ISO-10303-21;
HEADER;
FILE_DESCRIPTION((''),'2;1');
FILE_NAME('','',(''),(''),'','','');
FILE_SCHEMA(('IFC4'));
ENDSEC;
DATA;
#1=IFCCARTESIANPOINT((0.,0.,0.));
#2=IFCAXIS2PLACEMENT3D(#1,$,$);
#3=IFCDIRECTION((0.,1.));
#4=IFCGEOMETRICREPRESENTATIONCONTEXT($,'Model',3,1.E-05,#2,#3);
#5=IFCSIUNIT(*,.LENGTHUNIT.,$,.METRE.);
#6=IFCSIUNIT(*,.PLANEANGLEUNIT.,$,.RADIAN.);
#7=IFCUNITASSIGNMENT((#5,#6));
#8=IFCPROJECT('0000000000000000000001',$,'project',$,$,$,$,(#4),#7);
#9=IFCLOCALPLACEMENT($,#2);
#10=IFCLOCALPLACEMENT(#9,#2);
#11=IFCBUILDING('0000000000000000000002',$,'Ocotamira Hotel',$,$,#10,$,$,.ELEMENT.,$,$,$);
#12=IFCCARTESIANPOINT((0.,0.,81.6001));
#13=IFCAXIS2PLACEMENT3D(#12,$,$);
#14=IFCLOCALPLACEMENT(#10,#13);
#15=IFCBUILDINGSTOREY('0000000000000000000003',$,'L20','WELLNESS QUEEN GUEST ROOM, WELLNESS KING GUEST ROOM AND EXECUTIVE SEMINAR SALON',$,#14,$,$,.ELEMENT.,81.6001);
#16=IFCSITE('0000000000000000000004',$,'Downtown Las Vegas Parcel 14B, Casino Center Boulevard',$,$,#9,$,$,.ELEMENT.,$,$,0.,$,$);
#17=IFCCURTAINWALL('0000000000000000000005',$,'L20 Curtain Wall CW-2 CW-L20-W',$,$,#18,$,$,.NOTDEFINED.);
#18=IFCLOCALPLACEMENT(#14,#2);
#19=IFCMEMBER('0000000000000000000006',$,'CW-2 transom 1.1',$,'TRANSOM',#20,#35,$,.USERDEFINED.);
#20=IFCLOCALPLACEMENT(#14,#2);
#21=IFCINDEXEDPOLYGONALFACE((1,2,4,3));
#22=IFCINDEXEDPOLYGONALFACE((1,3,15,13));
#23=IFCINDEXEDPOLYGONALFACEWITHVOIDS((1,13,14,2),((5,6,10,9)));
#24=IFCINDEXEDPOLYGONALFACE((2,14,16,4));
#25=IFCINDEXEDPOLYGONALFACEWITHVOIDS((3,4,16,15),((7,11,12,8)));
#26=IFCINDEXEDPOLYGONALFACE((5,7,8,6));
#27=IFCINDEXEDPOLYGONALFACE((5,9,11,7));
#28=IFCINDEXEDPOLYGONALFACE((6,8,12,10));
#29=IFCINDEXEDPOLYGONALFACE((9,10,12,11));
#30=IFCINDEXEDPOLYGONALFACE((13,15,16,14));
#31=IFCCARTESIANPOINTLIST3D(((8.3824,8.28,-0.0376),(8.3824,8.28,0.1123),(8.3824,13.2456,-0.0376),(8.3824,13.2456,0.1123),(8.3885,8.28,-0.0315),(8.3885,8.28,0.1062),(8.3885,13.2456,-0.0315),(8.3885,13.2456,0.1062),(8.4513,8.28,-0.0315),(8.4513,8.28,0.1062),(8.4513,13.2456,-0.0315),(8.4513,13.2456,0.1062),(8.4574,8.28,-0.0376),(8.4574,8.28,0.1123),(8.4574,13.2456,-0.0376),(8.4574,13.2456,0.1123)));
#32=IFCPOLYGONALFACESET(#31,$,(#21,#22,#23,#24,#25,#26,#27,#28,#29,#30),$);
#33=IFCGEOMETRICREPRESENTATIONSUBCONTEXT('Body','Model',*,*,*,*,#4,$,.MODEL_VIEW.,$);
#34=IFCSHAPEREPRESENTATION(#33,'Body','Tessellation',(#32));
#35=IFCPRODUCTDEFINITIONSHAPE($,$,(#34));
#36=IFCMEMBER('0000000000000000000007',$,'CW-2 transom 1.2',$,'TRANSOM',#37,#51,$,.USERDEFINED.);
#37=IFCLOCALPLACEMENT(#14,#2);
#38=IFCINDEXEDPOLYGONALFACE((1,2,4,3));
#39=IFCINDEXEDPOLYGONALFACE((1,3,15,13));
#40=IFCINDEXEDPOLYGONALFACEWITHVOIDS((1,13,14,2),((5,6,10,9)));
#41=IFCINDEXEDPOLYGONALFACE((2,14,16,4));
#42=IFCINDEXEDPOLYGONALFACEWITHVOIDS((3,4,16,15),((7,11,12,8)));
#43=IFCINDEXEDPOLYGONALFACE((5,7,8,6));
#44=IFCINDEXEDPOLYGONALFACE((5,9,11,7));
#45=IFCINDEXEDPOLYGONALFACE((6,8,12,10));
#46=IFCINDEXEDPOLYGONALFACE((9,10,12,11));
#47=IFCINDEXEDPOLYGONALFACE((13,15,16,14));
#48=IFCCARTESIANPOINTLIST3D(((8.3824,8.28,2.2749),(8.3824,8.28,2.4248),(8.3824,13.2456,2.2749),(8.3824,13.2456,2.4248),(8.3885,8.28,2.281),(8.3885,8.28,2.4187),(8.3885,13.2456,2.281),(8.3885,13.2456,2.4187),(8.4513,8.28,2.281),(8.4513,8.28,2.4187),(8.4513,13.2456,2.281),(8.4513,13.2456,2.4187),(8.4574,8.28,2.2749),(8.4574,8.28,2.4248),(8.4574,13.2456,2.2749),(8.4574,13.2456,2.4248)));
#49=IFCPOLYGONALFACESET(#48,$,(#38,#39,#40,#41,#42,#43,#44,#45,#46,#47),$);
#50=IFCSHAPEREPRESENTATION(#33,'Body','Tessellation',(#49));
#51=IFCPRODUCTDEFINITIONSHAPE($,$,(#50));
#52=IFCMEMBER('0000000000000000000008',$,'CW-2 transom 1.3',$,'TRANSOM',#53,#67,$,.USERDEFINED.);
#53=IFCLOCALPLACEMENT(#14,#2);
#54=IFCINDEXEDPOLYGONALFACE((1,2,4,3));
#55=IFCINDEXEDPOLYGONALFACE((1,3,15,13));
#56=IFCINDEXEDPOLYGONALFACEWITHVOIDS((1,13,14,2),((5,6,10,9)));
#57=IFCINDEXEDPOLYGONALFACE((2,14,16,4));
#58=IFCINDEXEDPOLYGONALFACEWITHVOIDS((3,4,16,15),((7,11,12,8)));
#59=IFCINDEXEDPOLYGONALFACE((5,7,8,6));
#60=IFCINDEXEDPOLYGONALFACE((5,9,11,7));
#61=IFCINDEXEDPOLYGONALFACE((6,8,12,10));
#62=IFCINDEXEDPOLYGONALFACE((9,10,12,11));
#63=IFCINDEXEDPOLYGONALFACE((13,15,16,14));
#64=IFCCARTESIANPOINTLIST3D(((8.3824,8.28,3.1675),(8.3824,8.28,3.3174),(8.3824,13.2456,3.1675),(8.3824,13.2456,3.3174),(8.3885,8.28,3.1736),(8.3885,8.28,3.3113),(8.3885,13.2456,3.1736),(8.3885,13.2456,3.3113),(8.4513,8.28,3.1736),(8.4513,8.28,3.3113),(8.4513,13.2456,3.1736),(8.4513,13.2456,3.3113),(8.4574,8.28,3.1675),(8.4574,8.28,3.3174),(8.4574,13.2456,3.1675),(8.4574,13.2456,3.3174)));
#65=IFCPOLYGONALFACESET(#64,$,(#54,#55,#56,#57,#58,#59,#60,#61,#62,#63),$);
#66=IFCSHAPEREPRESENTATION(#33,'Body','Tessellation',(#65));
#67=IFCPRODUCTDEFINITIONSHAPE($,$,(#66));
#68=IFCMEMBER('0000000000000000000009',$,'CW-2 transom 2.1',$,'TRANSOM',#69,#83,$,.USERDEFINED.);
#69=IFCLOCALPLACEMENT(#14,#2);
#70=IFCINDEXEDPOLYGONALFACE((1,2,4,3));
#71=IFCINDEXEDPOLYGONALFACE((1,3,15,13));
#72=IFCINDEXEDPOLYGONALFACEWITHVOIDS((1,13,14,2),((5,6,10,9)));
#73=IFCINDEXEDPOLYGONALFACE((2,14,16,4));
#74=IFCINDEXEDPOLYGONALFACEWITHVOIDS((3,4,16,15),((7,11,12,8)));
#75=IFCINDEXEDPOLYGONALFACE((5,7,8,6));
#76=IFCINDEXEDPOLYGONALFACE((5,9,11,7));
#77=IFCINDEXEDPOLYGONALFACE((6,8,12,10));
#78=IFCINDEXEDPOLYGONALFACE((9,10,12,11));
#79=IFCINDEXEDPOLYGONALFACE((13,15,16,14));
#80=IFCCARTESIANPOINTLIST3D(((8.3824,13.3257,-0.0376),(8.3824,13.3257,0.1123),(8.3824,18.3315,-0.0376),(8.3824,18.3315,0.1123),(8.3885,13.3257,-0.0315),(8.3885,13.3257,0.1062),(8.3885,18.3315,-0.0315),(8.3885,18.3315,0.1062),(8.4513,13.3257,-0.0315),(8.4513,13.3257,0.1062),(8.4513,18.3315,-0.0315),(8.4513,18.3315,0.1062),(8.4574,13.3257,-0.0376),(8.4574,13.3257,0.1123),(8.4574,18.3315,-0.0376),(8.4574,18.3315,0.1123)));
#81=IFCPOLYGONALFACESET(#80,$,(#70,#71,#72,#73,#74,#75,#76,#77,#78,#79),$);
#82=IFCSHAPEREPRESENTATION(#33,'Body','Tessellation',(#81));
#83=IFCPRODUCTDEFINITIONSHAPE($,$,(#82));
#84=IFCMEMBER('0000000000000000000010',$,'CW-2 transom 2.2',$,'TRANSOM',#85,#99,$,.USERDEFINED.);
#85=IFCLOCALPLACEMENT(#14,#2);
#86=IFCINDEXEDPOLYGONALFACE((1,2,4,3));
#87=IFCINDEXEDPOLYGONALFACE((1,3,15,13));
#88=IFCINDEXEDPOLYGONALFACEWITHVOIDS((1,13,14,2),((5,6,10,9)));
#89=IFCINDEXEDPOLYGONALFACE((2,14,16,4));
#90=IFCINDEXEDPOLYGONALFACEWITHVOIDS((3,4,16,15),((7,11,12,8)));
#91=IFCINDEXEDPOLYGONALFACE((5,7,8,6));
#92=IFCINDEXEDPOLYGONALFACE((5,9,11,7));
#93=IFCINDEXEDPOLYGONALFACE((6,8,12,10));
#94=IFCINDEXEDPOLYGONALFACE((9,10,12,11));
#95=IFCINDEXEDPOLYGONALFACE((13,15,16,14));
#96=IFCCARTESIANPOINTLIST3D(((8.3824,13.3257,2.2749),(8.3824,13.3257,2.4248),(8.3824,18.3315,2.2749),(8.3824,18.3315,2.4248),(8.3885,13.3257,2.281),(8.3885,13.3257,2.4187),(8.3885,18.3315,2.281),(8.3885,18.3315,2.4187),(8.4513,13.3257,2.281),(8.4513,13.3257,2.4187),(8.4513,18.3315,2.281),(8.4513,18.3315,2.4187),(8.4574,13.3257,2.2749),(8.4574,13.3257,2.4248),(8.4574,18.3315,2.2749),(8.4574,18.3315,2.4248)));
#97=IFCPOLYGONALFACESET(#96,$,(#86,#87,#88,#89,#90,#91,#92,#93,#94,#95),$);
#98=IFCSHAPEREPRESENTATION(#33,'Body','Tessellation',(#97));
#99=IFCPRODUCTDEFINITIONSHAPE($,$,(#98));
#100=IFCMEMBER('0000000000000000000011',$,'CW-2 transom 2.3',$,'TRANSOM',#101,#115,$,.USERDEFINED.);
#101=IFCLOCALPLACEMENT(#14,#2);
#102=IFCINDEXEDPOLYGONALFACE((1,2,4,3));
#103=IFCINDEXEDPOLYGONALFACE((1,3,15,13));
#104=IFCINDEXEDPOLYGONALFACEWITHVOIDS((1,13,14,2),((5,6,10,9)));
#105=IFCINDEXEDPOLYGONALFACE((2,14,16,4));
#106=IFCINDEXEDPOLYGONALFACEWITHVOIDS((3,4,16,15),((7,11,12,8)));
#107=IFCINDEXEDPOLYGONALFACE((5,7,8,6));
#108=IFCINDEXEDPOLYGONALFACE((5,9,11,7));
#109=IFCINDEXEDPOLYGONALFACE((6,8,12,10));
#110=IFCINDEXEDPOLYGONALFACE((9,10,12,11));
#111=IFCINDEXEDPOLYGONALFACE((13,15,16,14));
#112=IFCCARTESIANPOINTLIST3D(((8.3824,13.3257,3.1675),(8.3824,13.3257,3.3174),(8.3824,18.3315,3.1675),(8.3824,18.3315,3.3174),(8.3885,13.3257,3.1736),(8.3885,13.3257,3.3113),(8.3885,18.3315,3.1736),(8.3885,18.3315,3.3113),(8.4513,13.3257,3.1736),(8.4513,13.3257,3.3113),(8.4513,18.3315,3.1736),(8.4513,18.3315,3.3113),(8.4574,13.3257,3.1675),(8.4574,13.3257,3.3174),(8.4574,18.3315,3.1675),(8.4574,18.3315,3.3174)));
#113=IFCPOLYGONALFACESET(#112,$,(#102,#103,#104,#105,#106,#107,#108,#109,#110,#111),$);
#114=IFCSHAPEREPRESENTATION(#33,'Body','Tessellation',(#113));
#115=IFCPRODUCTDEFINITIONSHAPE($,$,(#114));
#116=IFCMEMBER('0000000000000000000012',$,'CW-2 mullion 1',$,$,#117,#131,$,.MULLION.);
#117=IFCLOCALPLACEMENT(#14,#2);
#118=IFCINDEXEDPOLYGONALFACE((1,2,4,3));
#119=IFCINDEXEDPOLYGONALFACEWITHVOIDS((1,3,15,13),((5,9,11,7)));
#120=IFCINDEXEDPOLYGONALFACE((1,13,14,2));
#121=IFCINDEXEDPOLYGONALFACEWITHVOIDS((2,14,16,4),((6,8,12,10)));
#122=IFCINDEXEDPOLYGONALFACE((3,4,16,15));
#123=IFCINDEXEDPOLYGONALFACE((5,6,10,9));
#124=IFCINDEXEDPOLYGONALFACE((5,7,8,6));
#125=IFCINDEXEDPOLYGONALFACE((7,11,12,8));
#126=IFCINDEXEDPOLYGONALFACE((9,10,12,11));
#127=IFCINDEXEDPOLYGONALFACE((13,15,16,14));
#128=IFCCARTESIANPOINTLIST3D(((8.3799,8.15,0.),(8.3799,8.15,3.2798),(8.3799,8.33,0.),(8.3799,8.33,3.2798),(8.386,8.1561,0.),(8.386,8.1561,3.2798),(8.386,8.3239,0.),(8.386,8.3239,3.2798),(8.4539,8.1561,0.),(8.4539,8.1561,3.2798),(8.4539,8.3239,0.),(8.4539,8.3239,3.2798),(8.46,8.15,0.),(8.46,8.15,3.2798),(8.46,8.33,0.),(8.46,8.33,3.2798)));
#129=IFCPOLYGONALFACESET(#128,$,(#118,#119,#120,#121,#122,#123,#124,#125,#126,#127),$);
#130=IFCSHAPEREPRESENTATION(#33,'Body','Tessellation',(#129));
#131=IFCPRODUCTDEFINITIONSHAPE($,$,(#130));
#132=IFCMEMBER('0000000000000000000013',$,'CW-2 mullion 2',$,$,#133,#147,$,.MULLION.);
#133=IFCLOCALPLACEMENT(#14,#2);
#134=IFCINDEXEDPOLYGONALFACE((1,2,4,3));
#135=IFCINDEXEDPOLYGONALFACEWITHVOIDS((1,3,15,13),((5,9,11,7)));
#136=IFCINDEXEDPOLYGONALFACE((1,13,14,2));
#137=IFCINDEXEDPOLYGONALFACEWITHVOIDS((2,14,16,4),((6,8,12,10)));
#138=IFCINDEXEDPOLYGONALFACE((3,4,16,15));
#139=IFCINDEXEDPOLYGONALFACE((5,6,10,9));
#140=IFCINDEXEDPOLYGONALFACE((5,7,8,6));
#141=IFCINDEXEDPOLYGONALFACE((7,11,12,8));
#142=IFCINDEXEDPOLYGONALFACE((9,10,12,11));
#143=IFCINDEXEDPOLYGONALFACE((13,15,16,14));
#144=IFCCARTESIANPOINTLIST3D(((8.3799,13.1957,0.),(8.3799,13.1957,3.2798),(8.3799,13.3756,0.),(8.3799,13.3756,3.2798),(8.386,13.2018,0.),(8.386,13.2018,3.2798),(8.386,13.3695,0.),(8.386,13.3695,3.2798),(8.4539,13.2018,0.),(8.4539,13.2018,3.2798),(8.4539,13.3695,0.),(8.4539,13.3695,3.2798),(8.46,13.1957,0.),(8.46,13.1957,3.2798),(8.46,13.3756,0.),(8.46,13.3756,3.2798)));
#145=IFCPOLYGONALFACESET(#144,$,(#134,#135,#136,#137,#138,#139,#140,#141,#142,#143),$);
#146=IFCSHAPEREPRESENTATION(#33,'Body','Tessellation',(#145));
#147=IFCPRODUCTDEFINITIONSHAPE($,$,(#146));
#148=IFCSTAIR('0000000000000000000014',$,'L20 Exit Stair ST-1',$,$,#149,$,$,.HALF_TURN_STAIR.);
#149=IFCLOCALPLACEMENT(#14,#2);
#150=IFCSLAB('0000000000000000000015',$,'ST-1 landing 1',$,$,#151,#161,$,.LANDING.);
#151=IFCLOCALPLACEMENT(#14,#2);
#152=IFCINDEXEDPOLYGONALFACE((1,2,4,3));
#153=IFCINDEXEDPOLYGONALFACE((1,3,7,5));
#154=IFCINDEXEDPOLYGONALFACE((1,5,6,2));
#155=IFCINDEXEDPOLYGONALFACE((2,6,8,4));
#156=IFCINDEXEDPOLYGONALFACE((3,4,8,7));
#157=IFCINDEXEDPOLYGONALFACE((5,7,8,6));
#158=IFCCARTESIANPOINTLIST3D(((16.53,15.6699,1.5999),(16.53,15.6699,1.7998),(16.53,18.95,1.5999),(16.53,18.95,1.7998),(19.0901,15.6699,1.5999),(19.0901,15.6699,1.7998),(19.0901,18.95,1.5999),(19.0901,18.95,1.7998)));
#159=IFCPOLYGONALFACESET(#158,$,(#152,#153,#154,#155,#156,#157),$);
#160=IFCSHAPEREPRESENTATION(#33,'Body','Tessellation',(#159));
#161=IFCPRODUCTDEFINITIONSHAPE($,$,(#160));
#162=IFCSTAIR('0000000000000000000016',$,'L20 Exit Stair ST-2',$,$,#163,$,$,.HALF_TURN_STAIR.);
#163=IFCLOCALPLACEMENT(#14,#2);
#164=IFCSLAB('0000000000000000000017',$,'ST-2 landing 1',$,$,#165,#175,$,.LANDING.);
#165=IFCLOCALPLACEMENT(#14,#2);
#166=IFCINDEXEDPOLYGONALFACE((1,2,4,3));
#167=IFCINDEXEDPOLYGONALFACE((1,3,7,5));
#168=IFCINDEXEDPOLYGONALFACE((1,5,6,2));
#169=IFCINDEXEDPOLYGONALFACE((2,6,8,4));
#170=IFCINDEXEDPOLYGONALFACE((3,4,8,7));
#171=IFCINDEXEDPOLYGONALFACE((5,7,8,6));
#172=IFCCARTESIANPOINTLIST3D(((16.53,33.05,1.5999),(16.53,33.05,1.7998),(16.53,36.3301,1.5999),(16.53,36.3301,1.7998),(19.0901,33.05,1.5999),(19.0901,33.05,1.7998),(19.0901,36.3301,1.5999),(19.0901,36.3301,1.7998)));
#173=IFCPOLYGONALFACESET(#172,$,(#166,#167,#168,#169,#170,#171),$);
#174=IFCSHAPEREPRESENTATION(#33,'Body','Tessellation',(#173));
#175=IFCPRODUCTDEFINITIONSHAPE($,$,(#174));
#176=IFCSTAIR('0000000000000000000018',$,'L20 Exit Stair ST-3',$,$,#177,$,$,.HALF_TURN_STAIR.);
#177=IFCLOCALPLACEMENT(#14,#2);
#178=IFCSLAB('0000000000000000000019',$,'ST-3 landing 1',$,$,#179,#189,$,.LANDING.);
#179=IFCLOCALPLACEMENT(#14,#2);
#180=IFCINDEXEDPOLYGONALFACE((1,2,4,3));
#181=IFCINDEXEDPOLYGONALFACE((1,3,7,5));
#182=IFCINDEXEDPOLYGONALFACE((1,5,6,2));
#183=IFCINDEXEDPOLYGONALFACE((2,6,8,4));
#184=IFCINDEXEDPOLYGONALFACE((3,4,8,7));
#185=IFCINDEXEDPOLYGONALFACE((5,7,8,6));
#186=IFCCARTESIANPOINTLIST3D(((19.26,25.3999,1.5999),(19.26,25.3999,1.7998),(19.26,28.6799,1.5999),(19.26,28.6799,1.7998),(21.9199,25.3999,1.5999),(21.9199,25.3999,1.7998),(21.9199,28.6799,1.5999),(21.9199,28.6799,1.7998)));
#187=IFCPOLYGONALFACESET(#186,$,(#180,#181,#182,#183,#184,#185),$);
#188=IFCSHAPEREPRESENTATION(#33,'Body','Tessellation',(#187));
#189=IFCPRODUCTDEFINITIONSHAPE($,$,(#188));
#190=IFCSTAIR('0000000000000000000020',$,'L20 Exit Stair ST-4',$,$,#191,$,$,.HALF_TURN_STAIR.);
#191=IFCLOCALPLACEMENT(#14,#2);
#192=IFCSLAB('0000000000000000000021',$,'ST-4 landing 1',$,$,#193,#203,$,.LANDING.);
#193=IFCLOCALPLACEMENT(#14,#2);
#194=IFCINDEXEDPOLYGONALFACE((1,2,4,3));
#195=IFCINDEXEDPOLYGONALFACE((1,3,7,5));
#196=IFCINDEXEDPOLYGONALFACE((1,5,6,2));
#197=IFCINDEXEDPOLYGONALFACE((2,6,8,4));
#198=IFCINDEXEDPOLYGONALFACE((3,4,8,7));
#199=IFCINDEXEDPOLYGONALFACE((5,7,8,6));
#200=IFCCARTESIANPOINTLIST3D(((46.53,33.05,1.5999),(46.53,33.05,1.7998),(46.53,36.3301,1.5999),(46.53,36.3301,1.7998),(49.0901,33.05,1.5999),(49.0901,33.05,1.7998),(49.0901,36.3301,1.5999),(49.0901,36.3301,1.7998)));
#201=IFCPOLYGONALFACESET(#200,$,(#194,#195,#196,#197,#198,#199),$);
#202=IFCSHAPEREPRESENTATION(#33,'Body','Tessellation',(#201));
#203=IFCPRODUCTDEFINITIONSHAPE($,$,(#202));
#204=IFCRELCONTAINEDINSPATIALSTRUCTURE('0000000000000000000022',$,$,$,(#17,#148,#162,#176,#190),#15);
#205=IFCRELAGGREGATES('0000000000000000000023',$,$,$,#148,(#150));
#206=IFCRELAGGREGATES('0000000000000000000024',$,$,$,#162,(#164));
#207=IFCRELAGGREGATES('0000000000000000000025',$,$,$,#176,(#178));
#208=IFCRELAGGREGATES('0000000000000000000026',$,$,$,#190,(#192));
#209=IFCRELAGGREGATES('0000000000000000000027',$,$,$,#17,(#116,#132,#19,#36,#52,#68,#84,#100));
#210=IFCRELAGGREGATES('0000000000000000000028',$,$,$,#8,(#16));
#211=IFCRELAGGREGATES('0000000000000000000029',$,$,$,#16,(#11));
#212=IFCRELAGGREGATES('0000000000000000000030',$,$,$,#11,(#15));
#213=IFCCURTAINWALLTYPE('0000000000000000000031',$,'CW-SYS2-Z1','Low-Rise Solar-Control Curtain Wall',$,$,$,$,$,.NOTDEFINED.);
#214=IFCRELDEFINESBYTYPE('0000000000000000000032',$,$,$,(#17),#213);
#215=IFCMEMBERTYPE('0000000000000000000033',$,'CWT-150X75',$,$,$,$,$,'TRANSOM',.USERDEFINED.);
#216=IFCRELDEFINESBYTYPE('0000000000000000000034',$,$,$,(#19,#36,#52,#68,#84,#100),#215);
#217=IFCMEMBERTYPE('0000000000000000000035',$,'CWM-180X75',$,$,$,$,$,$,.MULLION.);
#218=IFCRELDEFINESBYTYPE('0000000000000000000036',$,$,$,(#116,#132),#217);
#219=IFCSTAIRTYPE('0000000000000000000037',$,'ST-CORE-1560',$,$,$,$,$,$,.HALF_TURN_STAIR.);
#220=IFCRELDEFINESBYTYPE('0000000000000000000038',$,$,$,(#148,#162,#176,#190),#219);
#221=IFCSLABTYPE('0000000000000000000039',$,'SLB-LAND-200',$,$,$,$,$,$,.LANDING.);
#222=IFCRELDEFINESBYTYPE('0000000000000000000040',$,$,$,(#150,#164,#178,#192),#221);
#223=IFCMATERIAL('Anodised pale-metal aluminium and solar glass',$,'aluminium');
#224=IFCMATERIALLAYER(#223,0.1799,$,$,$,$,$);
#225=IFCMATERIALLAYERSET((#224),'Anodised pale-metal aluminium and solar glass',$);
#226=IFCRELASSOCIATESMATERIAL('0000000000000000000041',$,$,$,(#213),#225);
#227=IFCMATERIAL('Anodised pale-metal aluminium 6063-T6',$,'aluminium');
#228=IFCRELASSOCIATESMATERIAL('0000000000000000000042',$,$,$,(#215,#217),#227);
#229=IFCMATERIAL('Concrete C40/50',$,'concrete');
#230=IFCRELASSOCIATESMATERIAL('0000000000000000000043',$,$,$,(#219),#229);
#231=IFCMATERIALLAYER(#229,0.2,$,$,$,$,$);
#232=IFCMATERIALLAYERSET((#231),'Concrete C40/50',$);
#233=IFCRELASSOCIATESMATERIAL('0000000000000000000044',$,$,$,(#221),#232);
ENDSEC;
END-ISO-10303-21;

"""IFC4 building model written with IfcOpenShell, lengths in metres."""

from ifc_helpers import new_model, si_unit, direction, frame, origin, origin_2d, place, context, subcontext, project, spatial, polyline, hollow_rectangle, outline, extrude, source, transform, mapped, material, layer, layer_set, material_profile, profile_set, type_object, element, aggregate, save


model = new_model("IFC4")

# Units and contexts
model_context = context("Model", 3, precision=1e-05, world=origin(), true_north=direction((0.0, 1.0)))
body_context = subcontext(model_context, "Body", "Model", "MODEL_VIEW")
ifc_project = project(units=[si_unit("LENGTHUNIT", "METRE"), si_unit("PLANEANGLEUNIT", "RADIAN")], contexts=[model_context])

# Site, building, storey
site_placement = place(None, origin())
site = spatial("IfcSite", under=ifc_project, at=site_placement, Name="Downtown Las Vegas Parcel 14B, Casino Center Boulevard", CompositionType="ELEMENT", RefElevation=0.0)
building_placement = place(site_placement, origin())
building = spatial("IfcBuilding", under=site, at=building_placement, Name="Ocotamira Hotel", CompositionType="ELEMENT")
storey_placement = place(building_placement, frame((0.0, 0.0, 81.6001)))
storey = spatial("IfcBuildingStorey", under=building, at=storey_placement, Name="L20", Description="WELLNESS QUEEN GUEST ROOM, WELLNESS KING GUEST ROOM AND EXECUTIVE SEMINAR SALON", CompositionType="ELEMENT", Elevation=81.6001)

# Curtain wall, members
ifc_material_1 = material(Name="Anodised pale-metal aluminium and solar glass", Category="aluminium")
ifc_layer_1 = layer(ifc_material_1, 0.1799)
ifc_layer_set_1 = layer_set([ifc_layer_1], Name="Anodised pale-metal aluminium and solar glass")
curtain_wall_type = type_object("IfcCurtainWallType", Name="CW-SYS2-Z1", Description="Low-Rise Solar-Control Curtain Wall", PredefinedType="NOTDEFINED", material=ifc_layer_set_1)
curtain_wall_placement = place(storey_placement, origin())
curtain_wall = element("IfcCurtainWall", 1, at=curtain_wall_placement, inside=storey, type_object=curtain_wall_type, Name="L20 Curtain Wall CW-2 CW-L20-W", PredefinedType="NOTDEFINED")
ifc_material_2 = material(Name="Anodised pale-metal aluminium 6063-T6", Category="aluminium")
ifc_material_profile_1 = material_profile(ifc_material_2, hollow_rectangle(XDim=0.075, YDim=0.1499, WallThickness=0.0061, at=origin_2d()), Name="HSS150X75X6")
ifc_profile_set_1 = profile_set([ifc_material_profile_1], Name="Anodised pale-metal aluminium 6063-T6")
member_type_1 = type_object("IfcMemberType", Name="CWT-150X75", ElementType="TRANSOM", PredefinedType="USERDEFINED", material=ifc_profile_set_1)
shared_shape_1 = source(origin(), body_context, "Body", "SweptSolid", [
    extrude(hollow_rectangle(XDim=0.075, YDim=0.1499, WallThickness=0.0061, at=origin_2d()), origin(), (0.0, 0.0, 1.0), 4.9656),
])
member_1_placement = place(storey_placement, frame((8.4199, 8.28, 0.0374), z_axis=(0.0, 1.0, 0.0), x_axis=(-1.0, 0.0, 0.0)))
member_1 = element("IfcMember", 2, at=member_1_placement, type_object=member_type_1, Name="CW-2 transom 1.1", ObjectType="TRANSOM", PredefinedType="USERDEFINED", context=body_context, shape_type="MappedRepresentation", body=[
    mapped(shared_shape_1, transform((0.0, 0.0, 0.0), scale=1.0)),
])
member_2_placement = place(storey_placement, frame((8.4199, 8.28, 2.3499), z_axis=(0.0, 1.0, 0.0), x_axis=(-1.0, 0.0, 0.0)))
member_2 = element("IfcMember", 3, at=member_2_placement, type_object=member_type_1, Name="CW-2 transom 1.2", ObjectType="TRANSOM", PredefinedType="USERDEFINED", context=body_context, shape_type="MappedRepresentation", body=[
    mapped(shared_shape_1, transform((0.0, 0.0, 0.0), scale=1.0)),
])
member_3_placement = place(storey_placement, frame((8.4199, 8.28, 3.2424), z_axis=(0.0, 1.0, 0.0), x_axis=(-1.0, 0.0, 0.0)))
member_3 = element("IfcMember", 4, at=member_3_placement, type_object=member_type_1, Name="CW-2 transom 1.3", ObjectType="TRANSOM", PredefinedType="USERDEFINED", context=body_context, shape_type="MappedRepresentation", body=[
    mapped(shared_shape_1, transform((0.0, 0.0, 0.0), scale=1.0)),
])
shared_shape_2 = source(origin(), body_context, "Body", "SweptSolid", [
    extrude(hollow_rectangle(XDim=0.075, YDim=0.1499, WallThickness=0.0061, at=origin_2d()), origin(), (0.0, 0.0, 1.0), 5.0059),
])
member_4_placement = place(storey_placement, frame((8.4199, 13.3257, 0.0374), z_axis=(0.0, 1.0, 0.0), x_axis=(-1.0, 0.0, 0.0)))
member_4 = element("IfcMember", 5, at=member_4_placement, type_object=member_type_1, Name="CW-2 transom 2.1", ObjectType="TRANSOM", PredefinedType="USERDEFINED", context=body_context, shape_type="MappedRepresentation", body=[
    mapped(shared_shape_2, transform((0.0, 0.0, 0.0), scale=1.0)),
])
member_5_placement = place(storey_placement, frame((8.4199, 13.3257, 2.3499), z_axis=(0.0, 1.0, 0.0), x_axis=(-1.0, 0.0, 0.0)))
member_5 = element("IfcMember", 6, at=member_5_placement, type_object=member_type_1, Name="CW-2 transom 2.2", ObjectType="TRANSOM", PredefinedType="USERDEFINED", context=body_context, shape_type="MappedRepresentation", body=[
    mapped(shared_shape_2, transform((0.0, 0.0, 0.0), scale=1.0)),
])
member_6_placement = place(storey_placement, frame((8.4199, 13.3257, 3.2424), z_axis=(0.0, 1.0, 0.0), x_axis=(-1.0, 0.0, 0.0)))
member_6 = element("IfcMember", 7, at=member_6_placement, type_object=member_type_1, Name="CW-2 transom 2.3", ObjectType="TRANSOM", PredefinedType="USERDEFINED", context=body_context, shape_type="MappedRepresentation", body=[
    mapped(shared_shape_2, transform((0.0, 0.0, 0.0), scale=1.0)),
])
ifc_material_profile_2 = material_profile(ifc_material_2, hollow_rectangle(XDim=0.0801, YDim=0.1799, WallThickness=0.0061, at=origin_2d()), Name="HSS180X80X6")
ifc_profile_set_2 = profile_set([ifc_material_profile_2], Name="Anodised pale-metal aluminium 6063-T6")
member_type_2 = type_object("IfcMemberType", Name="CWM-180X75", PredefinedType="MULLION", material=ifc_profile_set_2)
shared_shape_3 = source(origin(), body_context, "Body", "SweptSolid", [
    extrude(hollow_rectangle(XDim=0.0801, YDim=0.1799, WallThickness=0.0061, at=origin_2d()), origin(), (0.0, 0.0, 1.0), 3.2798),
])
member_7_placement = place(storey_placement, frame((8.4199, 8.24, 0.0), z_axis=(0.0, 0.0, 1.0), x_axis=(-1.0, 0.0, 0.0)))
member_7 = element("IfcMember", 8, at=member_7_placement, type_object=member_type_2, Name="CW-2 mullion 1", PredefinedType="MULLION", context=body_context, shape_type="MappedRepresentation", body=[
    mapped(shared_shape_3, transform((0.0, 0.0, 0.0), scale=1.0)),
])
member_8_placement = place(storey_placement, frame((8.4199, 13.2856, 0.0), z_axis=(0.0, 0.0, 1.0), x_axis=(-1.0, 0.0, 0.0)))
member_8 = element("IfcMember", 9, at=member_8_placement, type_object=member_type_2, Name="CW-2 mullion 2", PredefinedType="MULLION", context=body_context, shape_type="MappedRepresentation", body=[
    mapped(shared_shape_3, transform((0.0, 0.0, 0.0), scale=1.0)),
])

# Stairs, slabs
ifc_material_3 = material(Name="Concrete C40/50", Category="concrete")
stair_type = type_object("IfcStairType", Name="ST-CORE-1560", PredefinedType="HALF_TURN_STAIR", material=ifc_material_3)
stair_1_placement = place(storey_placement, origin())
stair_1 = element("IfcStair", 10, at=stair_1_placement, inside=storey, type_object=stair_type, Name="L20 Exit Stair ST-1", PredefinedType="HALF_TURN_STAIR")
ifc_layer_2 = layer(ifc_material_3, 0.2)
ifc_layer_set_2 = layer_set([ifc_layer_2], Name="Concrete C40/50")
slab_type_1 = type_object("IfcSlabType", Name="SLB-LAND-200", PredefinedType="LANDING", material=ifc_layer_set_2)
slab_1_placement = place(storey_placement, frame((0.0, 0.0, 1.5999)))
slab_1 = element("IfcSlab", 11, at=slab_1_placement, type_object=slab_type_1, Name="ST-1 landing 1", PredefinedType="LANDING", context=body_context, shape_type="SweptSolid", body=[
    extrude(outline(polyline([(16.53, 15.6699), (19.0901, 15.6699), (19.0901, 18.95), (16.53, 18.95), (16.53, 15.6699)])), origin(), (0.0, 0.0, 1.0), 0.2),
])
aggregate(stair_1, [slab_1])
stair_2_placement = place(storey_placement, origin())
stair_2 = element("IfcStair", 12, at=stair_2_placement, inside=storey, type_object=stair_type, Name="L20 Exit Stair ST-2", PredefinedType="HALF_TURN_STAIR")
slab_2_placement = place(storey_placement, frame((0.0, 0.0, 1.5999)))
slab_2 = element("IfcSlab", 13, at=slab_2_placement, type_object=slab_type_1, Name="ST-2 landing 1", PredefinedType="LANDING", context=body_context, shape_type="SweptSolid", body=[
    extrude(outline(polyline([(16.53, 33.05), (19.0901, 33.05), (19.0901, 36.3301), (16.53, 36.3301), (16.53, 33.05)])), origin(), (0.0, 0.0, 1.0), 0.2),
])
aggregate(stair_2, [slab_2])
stair_3_placement = place(storey_placement, origin())
stair_3 = element("IfcStair", 14, at=stair_3_placement, inside=storey, type_object=stair_type, Name="L20 Exit Stair ST-3", PredefinedType="HALF_TURN_STAIR")
slab_3_placement = place(storey_placement, frame((0.0, 0.0, 1.5999)))
slab_3 = element("IfcSlab", 15, at=slab_3_placement, type_object=slab_type_1, Name="ST-3 landing 1", PredefinedType="LANDING", context=body_context, shape_type="SweptSolid", body=[
    extrude(outline(polyline([(19.26, 25.3999), (21.9199, 25.3999), (21.9199, 28.6799), (19.26, 28.6799), (19.26, 25.3999)])), origin(), (0.0, 0.0, 1.0), 0.2),
])
aggregate(stair_3, [slab_3])
stair_4_placement = place(storey_placement, origin())
stair_4 = element("IfcStair", 16, at=stair_4_placement, inside=storey, type_object=stair_type, Name="L20 Exit Stair ST-4", PredefinedType="HALF_TURN_STAIR")
slab_4_placement = place(storey_placement, frame((0.0, 0.0, 1.5999)))
slab_4 = element("IfcSlab", 17, at=slab_4_placement, type_object=slab_type_1, Name="ST-4 landing 1", PredefinedType="LANDING", context=body_context, shape_type="SweptSolid", body=[
    extrude(outline(polyline([(46.53, 33.05), (49.0901, 33.05), (49.0901, 36.3301), (46.53, 36.3301), (46.53, 33.05)])), origin(), (0.0, 0.0, 1.0), 0.2),
])
aggregate(stair_4, [slab_4])

aggregate(curtain_wall, [member_7, member_8, member_1, member_2, member_3, member_4, member_5, member_6])

save(model, "model.ifc")
